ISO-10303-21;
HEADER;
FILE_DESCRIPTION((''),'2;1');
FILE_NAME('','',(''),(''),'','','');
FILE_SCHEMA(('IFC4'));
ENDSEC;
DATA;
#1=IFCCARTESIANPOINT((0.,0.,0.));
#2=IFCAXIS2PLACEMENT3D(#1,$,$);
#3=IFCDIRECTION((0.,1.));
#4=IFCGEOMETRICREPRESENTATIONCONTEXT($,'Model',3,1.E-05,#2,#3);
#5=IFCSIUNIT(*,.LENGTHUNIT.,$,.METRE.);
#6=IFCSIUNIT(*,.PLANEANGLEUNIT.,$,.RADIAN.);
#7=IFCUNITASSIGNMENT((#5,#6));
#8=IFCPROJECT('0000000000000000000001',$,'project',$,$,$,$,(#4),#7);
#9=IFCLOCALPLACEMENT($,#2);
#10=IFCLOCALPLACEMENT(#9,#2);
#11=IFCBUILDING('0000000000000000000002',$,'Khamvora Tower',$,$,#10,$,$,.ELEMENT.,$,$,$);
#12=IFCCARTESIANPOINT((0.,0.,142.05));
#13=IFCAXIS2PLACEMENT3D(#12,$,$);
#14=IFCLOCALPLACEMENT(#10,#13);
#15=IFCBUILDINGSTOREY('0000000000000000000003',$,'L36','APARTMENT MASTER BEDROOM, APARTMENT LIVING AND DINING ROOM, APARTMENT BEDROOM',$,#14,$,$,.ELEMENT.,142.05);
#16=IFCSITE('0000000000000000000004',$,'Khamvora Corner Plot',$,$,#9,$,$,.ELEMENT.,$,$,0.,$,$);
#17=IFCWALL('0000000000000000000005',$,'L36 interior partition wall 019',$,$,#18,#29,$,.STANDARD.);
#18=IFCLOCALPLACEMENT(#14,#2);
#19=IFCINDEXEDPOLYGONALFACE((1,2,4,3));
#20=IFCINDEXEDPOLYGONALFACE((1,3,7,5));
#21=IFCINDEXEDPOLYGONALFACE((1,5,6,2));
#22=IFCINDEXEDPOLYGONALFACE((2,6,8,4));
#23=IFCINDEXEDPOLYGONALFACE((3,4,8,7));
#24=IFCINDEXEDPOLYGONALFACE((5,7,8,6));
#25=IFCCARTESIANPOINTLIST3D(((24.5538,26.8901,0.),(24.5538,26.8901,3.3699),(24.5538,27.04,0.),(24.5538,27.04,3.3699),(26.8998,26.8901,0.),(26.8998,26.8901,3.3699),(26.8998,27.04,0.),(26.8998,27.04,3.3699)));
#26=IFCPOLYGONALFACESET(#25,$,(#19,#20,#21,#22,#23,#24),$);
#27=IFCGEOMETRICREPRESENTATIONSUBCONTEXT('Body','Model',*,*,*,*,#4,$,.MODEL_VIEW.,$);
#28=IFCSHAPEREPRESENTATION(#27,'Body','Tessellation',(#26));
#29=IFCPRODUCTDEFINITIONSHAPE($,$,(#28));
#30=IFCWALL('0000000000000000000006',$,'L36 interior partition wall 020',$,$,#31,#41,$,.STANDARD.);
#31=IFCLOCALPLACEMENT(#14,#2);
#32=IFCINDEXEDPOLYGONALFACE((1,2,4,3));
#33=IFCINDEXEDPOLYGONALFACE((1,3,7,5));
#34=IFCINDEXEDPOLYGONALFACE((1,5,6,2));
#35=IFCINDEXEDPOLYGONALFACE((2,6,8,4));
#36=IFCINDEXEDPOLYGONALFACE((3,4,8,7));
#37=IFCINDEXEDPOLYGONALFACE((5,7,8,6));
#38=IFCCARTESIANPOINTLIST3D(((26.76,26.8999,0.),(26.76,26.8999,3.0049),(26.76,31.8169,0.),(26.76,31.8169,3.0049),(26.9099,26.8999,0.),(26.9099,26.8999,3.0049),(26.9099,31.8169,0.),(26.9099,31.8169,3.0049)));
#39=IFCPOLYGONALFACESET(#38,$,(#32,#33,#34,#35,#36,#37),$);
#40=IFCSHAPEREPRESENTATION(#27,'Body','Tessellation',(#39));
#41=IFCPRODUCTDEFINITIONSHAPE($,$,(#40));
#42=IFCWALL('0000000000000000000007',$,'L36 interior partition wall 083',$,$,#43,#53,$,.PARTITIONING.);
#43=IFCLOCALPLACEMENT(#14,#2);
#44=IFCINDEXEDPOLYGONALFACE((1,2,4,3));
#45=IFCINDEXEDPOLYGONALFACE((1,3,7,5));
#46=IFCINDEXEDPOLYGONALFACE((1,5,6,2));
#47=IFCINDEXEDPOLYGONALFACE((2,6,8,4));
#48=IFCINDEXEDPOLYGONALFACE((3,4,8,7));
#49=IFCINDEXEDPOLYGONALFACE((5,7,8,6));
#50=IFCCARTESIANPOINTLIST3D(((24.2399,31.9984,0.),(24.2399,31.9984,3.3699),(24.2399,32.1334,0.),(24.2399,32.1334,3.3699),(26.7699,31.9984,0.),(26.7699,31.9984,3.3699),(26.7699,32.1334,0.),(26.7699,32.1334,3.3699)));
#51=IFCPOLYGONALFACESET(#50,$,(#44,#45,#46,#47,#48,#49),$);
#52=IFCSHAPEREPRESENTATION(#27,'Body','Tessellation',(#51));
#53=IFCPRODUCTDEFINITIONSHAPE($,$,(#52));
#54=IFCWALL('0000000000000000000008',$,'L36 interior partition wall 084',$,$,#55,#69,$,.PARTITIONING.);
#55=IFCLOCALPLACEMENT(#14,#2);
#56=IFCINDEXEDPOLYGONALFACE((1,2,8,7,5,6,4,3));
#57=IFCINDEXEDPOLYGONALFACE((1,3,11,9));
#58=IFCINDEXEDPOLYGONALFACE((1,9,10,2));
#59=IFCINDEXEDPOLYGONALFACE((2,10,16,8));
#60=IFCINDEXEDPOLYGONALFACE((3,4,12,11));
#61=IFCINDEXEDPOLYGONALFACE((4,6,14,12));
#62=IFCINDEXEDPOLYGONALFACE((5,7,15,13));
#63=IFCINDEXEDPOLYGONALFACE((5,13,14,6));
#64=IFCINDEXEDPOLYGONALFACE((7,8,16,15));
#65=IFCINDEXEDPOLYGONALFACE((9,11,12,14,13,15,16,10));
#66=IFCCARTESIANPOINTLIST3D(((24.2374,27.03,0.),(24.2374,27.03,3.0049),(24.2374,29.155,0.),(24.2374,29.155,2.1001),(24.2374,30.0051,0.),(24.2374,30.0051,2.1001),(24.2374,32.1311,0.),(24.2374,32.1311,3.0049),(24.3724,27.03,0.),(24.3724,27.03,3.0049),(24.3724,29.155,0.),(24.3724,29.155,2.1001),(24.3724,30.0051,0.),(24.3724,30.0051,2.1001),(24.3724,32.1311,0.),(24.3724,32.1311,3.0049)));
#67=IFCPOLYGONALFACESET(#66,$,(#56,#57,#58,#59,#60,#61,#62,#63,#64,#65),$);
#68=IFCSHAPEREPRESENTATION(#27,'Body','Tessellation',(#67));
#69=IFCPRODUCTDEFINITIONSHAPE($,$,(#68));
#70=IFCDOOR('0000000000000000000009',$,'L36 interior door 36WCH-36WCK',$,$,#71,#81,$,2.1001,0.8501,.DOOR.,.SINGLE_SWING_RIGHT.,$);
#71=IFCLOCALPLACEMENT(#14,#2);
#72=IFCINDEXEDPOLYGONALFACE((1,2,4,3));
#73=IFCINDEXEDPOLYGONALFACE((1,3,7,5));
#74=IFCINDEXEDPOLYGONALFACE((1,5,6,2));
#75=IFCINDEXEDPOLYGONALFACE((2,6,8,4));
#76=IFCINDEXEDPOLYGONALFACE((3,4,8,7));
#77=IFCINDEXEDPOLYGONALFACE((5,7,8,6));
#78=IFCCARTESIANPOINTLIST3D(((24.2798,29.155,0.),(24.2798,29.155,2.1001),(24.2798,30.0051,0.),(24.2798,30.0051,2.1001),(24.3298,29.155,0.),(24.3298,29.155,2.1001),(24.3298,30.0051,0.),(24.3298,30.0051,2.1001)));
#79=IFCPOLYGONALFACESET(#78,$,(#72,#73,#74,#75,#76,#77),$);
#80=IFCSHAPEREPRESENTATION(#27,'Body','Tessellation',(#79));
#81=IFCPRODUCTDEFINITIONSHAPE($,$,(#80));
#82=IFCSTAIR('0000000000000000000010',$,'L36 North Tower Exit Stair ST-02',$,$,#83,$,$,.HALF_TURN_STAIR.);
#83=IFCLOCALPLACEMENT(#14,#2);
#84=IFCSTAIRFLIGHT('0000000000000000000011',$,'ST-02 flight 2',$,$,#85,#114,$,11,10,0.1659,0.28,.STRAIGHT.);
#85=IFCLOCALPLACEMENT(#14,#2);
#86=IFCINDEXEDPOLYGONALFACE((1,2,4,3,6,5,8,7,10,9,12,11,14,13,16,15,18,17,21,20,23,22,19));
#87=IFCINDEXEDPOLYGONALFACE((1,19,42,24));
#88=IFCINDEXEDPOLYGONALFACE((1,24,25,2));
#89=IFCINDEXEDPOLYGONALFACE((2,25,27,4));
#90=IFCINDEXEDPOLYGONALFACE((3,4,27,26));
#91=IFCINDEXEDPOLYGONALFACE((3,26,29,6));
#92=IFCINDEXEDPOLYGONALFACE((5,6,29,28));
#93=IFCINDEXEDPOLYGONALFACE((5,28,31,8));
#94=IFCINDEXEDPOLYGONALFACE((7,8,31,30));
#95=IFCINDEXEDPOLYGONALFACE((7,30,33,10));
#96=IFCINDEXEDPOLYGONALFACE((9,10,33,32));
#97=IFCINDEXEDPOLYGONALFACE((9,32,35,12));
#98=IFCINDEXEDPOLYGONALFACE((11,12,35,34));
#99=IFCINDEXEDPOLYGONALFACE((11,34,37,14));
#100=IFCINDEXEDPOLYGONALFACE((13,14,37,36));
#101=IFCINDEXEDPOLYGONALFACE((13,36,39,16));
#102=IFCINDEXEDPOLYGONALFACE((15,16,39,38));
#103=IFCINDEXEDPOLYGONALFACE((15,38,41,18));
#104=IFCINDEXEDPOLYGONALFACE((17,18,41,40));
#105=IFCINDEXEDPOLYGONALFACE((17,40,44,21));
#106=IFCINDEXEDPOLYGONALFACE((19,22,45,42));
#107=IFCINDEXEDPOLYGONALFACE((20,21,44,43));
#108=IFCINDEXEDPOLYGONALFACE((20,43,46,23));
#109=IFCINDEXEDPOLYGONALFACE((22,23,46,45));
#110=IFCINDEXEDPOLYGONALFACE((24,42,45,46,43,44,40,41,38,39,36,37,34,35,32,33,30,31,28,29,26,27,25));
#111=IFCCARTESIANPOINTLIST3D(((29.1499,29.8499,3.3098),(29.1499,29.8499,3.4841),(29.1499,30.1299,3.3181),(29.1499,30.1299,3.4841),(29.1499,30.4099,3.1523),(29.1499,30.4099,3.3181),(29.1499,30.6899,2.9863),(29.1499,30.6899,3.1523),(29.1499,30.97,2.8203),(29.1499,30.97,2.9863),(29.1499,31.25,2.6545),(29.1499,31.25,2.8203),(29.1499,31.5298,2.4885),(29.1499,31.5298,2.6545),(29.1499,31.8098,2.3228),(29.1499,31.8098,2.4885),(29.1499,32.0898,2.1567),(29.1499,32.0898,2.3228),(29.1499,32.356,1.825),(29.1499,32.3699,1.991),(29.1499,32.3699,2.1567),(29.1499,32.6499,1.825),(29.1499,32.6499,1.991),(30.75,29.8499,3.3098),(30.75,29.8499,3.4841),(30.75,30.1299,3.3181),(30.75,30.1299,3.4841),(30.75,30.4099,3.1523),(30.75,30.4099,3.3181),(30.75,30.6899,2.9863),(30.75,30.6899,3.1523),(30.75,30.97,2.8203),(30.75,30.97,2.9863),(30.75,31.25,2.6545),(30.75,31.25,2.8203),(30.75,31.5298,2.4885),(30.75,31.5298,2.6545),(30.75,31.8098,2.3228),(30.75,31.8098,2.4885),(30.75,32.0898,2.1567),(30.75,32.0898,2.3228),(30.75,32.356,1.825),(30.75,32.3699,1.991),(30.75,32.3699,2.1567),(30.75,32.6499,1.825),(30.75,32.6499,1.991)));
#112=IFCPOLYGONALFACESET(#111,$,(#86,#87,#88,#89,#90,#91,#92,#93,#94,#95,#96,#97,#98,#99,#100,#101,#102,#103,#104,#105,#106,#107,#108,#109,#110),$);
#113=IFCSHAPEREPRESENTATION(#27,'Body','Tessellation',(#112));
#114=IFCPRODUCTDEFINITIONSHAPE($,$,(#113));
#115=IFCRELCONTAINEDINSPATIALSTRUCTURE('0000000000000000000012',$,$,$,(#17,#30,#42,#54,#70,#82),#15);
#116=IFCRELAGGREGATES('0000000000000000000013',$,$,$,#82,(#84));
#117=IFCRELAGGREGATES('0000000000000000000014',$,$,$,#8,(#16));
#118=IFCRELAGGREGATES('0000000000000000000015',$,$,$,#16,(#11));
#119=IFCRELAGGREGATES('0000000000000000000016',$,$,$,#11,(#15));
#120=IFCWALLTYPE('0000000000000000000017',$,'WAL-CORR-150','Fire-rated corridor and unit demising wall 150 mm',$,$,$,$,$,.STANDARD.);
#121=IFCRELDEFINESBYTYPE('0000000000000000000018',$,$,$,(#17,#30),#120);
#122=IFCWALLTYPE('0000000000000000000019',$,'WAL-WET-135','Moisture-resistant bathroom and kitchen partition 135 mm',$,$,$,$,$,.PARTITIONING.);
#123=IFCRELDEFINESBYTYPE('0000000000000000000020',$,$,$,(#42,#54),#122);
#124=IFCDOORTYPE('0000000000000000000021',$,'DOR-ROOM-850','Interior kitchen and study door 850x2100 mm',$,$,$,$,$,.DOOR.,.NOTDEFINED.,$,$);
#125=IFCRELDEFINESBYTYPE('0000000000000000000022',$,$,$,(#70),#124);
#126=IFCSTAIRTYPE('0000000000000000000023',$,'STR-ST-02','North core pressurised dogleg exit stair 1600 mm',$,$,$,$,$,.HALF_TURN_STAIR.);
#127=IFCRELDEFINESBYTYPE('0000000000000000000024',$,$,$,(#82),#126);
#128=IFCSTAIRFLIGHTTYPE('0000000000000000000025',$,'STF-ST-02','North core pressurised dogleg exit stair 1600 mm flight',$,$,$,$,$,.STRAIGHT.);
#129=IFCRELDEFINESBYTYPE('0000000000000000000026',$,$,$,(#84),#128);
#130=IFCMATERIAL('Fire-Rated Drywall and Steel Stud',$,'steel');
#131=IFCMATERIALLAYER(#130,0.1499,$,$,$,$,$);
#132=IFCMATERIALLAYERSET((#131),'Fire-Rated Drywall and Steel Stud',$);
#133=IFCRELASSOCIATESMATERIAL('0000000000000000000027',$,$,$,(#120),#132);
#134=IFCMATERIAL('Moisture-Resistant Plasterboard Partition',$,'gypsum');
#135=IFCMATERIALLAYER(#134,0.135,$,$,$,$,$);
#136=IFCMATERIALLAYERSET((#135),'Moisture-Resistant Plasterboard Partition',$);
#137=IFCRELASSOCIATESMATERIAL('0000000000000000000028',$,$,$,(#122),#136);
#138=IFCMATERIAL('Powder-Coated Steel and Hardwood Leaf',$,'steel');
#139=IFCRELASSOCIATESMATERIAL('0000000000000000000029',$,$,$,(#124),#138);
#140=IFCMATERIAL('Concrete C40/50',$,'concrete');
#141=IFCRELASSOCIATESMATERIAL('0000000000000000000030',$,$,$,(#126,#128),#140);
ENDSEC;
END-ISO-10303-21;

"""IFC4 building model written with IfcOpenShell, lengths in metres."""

from ifc_helpers import new_model, si_unit, direction, frame, frame_2d, origin, place, context, subcontext, project, spatial, polyline, rectangle, outline, extrude, material, layer, layer_set, type_object, element, fill, aggregate, save


model = new_model("IFC4")

# Units and contexts
model_context = context("Model", 3, precision=1e-05, world=origin(), true_north=direction((0.0, 1.0)))
body_context = subcontext(model_context, "Body", "Model", "MODEL_VIEW")
ifc_project = project(units=[si_unit("LENGTHUNIT", "METRE"), si_unit("PLANEANGLEUNIT", "RADIAN")], contexts=[model_context])

# Site, building, storey
site_placement = place(None, origin())
site = spatial("IfcSite", under=ifc_project, at=site_placement, Name="Khamvora Corner Plot", CompositionType="ELEMENT", RefElevation=0.0)
building_placement = place(site_placement, origin())
building = spatial("IfcBuilding", under=site, at=building_placement, Name="Khamvora Tower", CompositionType="ELEMENT")
storey_placement = place(building_placement, frame((0.0, 0.0, 142.05)))
storey = spatial("IfcBuildingStorey", under=building, at=storey_placement, Name="L36", Description="APARTMENT MASTER BEDROOM, APARTMENT LIVING AND DINING ROOM, APARTMENT BEDROOM", CompositionType="ELEMENT", Elevation=142.05)

# Shared definitions
ifc_material_1 = material(Name="Fire-Rated Drywall and Steel Stud", Category="steel")
ifc_layer_1 = layer(ifc_material_1, 0.1499)
ifc_layer_set_1 = layer_set([ifc_layer_1], Name="Fire-Rated Drywall and Steel Stud")
wall_type_1 = type_object("IfcWallType", Name="WAL-CORR-150", Description="Fire-rated corridor and unit demising wall 150 mm", PredefinedType="STANDARD", material=ifc_layer_set_1)

# Shared definitions
ifc_material_2 = material(Name="Powder-Coated Steel and Hardwood Leaf", Category="steel")

# Walls
wall_1_placement = place(storey_placement, frame((24.554, 26.9651, 0.0), z_axis=(0.0, 0.0, 1.0), x_axis=(1.0, 0.0, 0.0)))
element("IfcWall", 1, at=wall_1_placement, inside=storey, type_object=wall_type_1, Name="L36 interior partition wall 019", PredefinedType="STANDARD", context=body_context, shape_type="SweptSolid", body=[
    extrude(rectangle(XDim=2.3459, YDim=0.1499, at=frame_2d((1.1729, 0.0))), origin(), (0.0, 0.0, 1.0), 3.3699),
])
wall_2_placement = place(storey_placement, frame((26.835, 26.8999, 0.0), z_axis=(0.0, 0.0, 1.0), x_axis=(0.0, 1.0, 0.0)))
element("IfcWall", 2, at=wall_2_placement, inside=storey, type_object=wall_type_1, Name="L36 interior partition wall 020", PredefinedType="STANDARD", context=body_context, shape_type="SweptSolid", body=[
    extrude(rectangle(XDim=4.917, YDim=0.1499, at=frame_2d((2.4585, 0.0))), origin(), (0.0, 0.0, 1.0), 3.0049),
])
ifc_material_3 = material(Name="Moisture-Resistant Plasterboard Partition", Category="gypsum")
ifc_layer_2 = layer(ifc_material_3, 0.135)
ifc_layer_set_2 = layer_set([ifc_layer_2], Name="Moisture-Resistant Plasterboard Partition")
wall_type_2 = type_object("IfcWallType", Name="WAL-WET-135", Description="Moisture-resistant bathroom and kitchen partition 135 mm", PredefinedType="PARTITIONING", material=ifc_layer_set_2)
wall_3_placement = place(storey_placement, frame((26.77, 32.0659, 0.0), z_axis=(0.0, 0.0, 1.0), x_axis=(-1.0, 0.0, 0.0)))
element("IfcWall", 3, at=wall_3_placement, inside=storey, type_object=wall_type_2, Name="L36 interior partition wall 083", PredefinedType="PARTITIONING", context=body_context, shape_type="SweptSolid", body=[
    extrude(rectangle(XDim=2.53, YDim=0.135, at=frame_2d((1.2651, 0.0))), origin(), (0.0, 0.0, 1.0), 3.3699),
])

# Wall, opening, door
wall_4_placement = place(storey_placement, frame((24.3049, 32.1311, 0.0), z_axis=(0.0, 0.0, 1.0), x_axis=(0.0, -1.0, 0.0)))
wall_4 = element("IfcWall", 4, at=wall_4_placement, inside=storey, type_object=wall_type_2, Name="L36 interior partition wall 084", PredefinedType="PARTITIONING", context=body_context, shape_type="SweptSolid", body=[
    extrude(rectangle(XDim=5.1011, YDim=0.135, at=frame_2d((2.5505, 0.0))), origin(), (0.0, 0.0, 1.0), 3.0049),
])
opening_1_placement = place(wall_4_placement, frame((2.126, 0.0, 0.0)))
opening_1 = element("IfcOpeningElement", 5, at=opening_1_placement, cuts=wall_4, PredefinedType="OPENING", context=body_context, shape_type="SweptSolid", body=[
    extrude(rectangle(XDim=0.8501, YDim=2.1001, at=frame_2d((0.425, 1.05))), frame((0.0, 0.0774, 0.0), z_axis=(0.0, -1.0, 0.0), x_axis=(1.0, 0.0, 0.0)), (0.0, 0.0, 1.0), 0.155),
])
door_type_1 = type_object("IfcDoorType", Name="DOR-ROOM-850", Description="Interior kitchen and study door 850x2100 mm", OperationType="NOTDEFINED", PredefinedType="DOOR", material=ifc_material_2)
door_1_placement = place(opening_1_placement, origin())
door_1 = element("IfcDoor", 6, at=door_1_placement, inside=storey, type_object=door_type_1, Name="L36 interior door 36WCH-36WCK", OperationType="SINGLE_SWING_RIGHT", OverallHeight=2.1001, OverallWidth=0.8501, PredefinedType="DOOR", context=body_context, shape_type="SweptSolid", body=[
    extrude(rectangle(XDim=0.8501, YDim=2.1001, at=frame_2d((0.425, 1.05))), frame((0.0, 0.0249, 0.0), z_axis=(0.0, -1.0, 0.0), x_axis=(1.0, 0.0, 0.0)), (0.0, 0.0, 1.0), 0.05),
])
fill(opening_1, door_1)

# Stair, stair flight
ifc_material_4 = material(Name="Concrete C40/50", Category="concrete")
stair_type = type_object("IfcStairType", Name="STR-ST-02", Description="North core pressurised dogleg exit stair 1600 mm", PredefinedType="HALF_TURN_STAIR", material=ifc_material_4)
stair_placement = place(storey_placement, origin())
stair = element("IfcStair", 7, at=stair_placement, inside=storey, type_object=stair_type, Name="L36 North Tower Exit Stair ST-02", PredefinedType="HALF_TURN_STAIR")
stair_flight_type = type_object("IfcStairFlightType", Name="STF-ST-02", Description="North core pressurised dogleg exit stair 1600 mm flight", PredefinedType="STRAIGHT", material=ifc_material_4)
stair_flight_placement = place(storey_placement, frame((29.95, 32.6499, 1.825), z_axis=(0.0, 0.0, 1.0), x_axis=(0.0, -1.0, 0.0)))
stair_flight = element("IfcStairFlight", 8, at=stair_flight_placement, type_object=stair_flight_type, Name="ST-02 flight 2", NumberOfRisers=11, NumberOfTreads=10, PredefinedType="STRAIGHT", RiserHeight=0.1659, TreadLength=0.28, context=body_context, shape_type="SweptSolid", body=[
    extrude(outline(polyline([(0.0, 0.0), (0.0, 0.166), (0.28, 0.166), (0.28, 0.3318), (0.5601, 0.3318), (0.5601, 0.4978), (0.8401, 0.4978), (0.8401, 0.6636), (1.1201, 0.6636), (1.1201, 0.8296), (1.3999, 0.8296), (1.3999, 0.9954), (1.6799, 0.9954), (1.6799, 1.1614), (1.96, 1.1614), (1.96, 1.3274), (2.24, 1.3274), (2.24, 1.4932), (2.52, 1.4932), (2.52, 1.6592), (2.8, 1.6592), (2.8, 1.825), (2.8, 1.4849), (0.2939, 0.0), (0.0, 0.0)])), frame((0.0, 0.8, 0.0), z_axis=(0.0, -1.0, 0.0), x_axis=(1.0, 0.0, 0.0)), (0.0, 0.0, 1.0), 1.6001),
])
aggregate(stair, [stair_flight])

save(model, "model.ifc")
